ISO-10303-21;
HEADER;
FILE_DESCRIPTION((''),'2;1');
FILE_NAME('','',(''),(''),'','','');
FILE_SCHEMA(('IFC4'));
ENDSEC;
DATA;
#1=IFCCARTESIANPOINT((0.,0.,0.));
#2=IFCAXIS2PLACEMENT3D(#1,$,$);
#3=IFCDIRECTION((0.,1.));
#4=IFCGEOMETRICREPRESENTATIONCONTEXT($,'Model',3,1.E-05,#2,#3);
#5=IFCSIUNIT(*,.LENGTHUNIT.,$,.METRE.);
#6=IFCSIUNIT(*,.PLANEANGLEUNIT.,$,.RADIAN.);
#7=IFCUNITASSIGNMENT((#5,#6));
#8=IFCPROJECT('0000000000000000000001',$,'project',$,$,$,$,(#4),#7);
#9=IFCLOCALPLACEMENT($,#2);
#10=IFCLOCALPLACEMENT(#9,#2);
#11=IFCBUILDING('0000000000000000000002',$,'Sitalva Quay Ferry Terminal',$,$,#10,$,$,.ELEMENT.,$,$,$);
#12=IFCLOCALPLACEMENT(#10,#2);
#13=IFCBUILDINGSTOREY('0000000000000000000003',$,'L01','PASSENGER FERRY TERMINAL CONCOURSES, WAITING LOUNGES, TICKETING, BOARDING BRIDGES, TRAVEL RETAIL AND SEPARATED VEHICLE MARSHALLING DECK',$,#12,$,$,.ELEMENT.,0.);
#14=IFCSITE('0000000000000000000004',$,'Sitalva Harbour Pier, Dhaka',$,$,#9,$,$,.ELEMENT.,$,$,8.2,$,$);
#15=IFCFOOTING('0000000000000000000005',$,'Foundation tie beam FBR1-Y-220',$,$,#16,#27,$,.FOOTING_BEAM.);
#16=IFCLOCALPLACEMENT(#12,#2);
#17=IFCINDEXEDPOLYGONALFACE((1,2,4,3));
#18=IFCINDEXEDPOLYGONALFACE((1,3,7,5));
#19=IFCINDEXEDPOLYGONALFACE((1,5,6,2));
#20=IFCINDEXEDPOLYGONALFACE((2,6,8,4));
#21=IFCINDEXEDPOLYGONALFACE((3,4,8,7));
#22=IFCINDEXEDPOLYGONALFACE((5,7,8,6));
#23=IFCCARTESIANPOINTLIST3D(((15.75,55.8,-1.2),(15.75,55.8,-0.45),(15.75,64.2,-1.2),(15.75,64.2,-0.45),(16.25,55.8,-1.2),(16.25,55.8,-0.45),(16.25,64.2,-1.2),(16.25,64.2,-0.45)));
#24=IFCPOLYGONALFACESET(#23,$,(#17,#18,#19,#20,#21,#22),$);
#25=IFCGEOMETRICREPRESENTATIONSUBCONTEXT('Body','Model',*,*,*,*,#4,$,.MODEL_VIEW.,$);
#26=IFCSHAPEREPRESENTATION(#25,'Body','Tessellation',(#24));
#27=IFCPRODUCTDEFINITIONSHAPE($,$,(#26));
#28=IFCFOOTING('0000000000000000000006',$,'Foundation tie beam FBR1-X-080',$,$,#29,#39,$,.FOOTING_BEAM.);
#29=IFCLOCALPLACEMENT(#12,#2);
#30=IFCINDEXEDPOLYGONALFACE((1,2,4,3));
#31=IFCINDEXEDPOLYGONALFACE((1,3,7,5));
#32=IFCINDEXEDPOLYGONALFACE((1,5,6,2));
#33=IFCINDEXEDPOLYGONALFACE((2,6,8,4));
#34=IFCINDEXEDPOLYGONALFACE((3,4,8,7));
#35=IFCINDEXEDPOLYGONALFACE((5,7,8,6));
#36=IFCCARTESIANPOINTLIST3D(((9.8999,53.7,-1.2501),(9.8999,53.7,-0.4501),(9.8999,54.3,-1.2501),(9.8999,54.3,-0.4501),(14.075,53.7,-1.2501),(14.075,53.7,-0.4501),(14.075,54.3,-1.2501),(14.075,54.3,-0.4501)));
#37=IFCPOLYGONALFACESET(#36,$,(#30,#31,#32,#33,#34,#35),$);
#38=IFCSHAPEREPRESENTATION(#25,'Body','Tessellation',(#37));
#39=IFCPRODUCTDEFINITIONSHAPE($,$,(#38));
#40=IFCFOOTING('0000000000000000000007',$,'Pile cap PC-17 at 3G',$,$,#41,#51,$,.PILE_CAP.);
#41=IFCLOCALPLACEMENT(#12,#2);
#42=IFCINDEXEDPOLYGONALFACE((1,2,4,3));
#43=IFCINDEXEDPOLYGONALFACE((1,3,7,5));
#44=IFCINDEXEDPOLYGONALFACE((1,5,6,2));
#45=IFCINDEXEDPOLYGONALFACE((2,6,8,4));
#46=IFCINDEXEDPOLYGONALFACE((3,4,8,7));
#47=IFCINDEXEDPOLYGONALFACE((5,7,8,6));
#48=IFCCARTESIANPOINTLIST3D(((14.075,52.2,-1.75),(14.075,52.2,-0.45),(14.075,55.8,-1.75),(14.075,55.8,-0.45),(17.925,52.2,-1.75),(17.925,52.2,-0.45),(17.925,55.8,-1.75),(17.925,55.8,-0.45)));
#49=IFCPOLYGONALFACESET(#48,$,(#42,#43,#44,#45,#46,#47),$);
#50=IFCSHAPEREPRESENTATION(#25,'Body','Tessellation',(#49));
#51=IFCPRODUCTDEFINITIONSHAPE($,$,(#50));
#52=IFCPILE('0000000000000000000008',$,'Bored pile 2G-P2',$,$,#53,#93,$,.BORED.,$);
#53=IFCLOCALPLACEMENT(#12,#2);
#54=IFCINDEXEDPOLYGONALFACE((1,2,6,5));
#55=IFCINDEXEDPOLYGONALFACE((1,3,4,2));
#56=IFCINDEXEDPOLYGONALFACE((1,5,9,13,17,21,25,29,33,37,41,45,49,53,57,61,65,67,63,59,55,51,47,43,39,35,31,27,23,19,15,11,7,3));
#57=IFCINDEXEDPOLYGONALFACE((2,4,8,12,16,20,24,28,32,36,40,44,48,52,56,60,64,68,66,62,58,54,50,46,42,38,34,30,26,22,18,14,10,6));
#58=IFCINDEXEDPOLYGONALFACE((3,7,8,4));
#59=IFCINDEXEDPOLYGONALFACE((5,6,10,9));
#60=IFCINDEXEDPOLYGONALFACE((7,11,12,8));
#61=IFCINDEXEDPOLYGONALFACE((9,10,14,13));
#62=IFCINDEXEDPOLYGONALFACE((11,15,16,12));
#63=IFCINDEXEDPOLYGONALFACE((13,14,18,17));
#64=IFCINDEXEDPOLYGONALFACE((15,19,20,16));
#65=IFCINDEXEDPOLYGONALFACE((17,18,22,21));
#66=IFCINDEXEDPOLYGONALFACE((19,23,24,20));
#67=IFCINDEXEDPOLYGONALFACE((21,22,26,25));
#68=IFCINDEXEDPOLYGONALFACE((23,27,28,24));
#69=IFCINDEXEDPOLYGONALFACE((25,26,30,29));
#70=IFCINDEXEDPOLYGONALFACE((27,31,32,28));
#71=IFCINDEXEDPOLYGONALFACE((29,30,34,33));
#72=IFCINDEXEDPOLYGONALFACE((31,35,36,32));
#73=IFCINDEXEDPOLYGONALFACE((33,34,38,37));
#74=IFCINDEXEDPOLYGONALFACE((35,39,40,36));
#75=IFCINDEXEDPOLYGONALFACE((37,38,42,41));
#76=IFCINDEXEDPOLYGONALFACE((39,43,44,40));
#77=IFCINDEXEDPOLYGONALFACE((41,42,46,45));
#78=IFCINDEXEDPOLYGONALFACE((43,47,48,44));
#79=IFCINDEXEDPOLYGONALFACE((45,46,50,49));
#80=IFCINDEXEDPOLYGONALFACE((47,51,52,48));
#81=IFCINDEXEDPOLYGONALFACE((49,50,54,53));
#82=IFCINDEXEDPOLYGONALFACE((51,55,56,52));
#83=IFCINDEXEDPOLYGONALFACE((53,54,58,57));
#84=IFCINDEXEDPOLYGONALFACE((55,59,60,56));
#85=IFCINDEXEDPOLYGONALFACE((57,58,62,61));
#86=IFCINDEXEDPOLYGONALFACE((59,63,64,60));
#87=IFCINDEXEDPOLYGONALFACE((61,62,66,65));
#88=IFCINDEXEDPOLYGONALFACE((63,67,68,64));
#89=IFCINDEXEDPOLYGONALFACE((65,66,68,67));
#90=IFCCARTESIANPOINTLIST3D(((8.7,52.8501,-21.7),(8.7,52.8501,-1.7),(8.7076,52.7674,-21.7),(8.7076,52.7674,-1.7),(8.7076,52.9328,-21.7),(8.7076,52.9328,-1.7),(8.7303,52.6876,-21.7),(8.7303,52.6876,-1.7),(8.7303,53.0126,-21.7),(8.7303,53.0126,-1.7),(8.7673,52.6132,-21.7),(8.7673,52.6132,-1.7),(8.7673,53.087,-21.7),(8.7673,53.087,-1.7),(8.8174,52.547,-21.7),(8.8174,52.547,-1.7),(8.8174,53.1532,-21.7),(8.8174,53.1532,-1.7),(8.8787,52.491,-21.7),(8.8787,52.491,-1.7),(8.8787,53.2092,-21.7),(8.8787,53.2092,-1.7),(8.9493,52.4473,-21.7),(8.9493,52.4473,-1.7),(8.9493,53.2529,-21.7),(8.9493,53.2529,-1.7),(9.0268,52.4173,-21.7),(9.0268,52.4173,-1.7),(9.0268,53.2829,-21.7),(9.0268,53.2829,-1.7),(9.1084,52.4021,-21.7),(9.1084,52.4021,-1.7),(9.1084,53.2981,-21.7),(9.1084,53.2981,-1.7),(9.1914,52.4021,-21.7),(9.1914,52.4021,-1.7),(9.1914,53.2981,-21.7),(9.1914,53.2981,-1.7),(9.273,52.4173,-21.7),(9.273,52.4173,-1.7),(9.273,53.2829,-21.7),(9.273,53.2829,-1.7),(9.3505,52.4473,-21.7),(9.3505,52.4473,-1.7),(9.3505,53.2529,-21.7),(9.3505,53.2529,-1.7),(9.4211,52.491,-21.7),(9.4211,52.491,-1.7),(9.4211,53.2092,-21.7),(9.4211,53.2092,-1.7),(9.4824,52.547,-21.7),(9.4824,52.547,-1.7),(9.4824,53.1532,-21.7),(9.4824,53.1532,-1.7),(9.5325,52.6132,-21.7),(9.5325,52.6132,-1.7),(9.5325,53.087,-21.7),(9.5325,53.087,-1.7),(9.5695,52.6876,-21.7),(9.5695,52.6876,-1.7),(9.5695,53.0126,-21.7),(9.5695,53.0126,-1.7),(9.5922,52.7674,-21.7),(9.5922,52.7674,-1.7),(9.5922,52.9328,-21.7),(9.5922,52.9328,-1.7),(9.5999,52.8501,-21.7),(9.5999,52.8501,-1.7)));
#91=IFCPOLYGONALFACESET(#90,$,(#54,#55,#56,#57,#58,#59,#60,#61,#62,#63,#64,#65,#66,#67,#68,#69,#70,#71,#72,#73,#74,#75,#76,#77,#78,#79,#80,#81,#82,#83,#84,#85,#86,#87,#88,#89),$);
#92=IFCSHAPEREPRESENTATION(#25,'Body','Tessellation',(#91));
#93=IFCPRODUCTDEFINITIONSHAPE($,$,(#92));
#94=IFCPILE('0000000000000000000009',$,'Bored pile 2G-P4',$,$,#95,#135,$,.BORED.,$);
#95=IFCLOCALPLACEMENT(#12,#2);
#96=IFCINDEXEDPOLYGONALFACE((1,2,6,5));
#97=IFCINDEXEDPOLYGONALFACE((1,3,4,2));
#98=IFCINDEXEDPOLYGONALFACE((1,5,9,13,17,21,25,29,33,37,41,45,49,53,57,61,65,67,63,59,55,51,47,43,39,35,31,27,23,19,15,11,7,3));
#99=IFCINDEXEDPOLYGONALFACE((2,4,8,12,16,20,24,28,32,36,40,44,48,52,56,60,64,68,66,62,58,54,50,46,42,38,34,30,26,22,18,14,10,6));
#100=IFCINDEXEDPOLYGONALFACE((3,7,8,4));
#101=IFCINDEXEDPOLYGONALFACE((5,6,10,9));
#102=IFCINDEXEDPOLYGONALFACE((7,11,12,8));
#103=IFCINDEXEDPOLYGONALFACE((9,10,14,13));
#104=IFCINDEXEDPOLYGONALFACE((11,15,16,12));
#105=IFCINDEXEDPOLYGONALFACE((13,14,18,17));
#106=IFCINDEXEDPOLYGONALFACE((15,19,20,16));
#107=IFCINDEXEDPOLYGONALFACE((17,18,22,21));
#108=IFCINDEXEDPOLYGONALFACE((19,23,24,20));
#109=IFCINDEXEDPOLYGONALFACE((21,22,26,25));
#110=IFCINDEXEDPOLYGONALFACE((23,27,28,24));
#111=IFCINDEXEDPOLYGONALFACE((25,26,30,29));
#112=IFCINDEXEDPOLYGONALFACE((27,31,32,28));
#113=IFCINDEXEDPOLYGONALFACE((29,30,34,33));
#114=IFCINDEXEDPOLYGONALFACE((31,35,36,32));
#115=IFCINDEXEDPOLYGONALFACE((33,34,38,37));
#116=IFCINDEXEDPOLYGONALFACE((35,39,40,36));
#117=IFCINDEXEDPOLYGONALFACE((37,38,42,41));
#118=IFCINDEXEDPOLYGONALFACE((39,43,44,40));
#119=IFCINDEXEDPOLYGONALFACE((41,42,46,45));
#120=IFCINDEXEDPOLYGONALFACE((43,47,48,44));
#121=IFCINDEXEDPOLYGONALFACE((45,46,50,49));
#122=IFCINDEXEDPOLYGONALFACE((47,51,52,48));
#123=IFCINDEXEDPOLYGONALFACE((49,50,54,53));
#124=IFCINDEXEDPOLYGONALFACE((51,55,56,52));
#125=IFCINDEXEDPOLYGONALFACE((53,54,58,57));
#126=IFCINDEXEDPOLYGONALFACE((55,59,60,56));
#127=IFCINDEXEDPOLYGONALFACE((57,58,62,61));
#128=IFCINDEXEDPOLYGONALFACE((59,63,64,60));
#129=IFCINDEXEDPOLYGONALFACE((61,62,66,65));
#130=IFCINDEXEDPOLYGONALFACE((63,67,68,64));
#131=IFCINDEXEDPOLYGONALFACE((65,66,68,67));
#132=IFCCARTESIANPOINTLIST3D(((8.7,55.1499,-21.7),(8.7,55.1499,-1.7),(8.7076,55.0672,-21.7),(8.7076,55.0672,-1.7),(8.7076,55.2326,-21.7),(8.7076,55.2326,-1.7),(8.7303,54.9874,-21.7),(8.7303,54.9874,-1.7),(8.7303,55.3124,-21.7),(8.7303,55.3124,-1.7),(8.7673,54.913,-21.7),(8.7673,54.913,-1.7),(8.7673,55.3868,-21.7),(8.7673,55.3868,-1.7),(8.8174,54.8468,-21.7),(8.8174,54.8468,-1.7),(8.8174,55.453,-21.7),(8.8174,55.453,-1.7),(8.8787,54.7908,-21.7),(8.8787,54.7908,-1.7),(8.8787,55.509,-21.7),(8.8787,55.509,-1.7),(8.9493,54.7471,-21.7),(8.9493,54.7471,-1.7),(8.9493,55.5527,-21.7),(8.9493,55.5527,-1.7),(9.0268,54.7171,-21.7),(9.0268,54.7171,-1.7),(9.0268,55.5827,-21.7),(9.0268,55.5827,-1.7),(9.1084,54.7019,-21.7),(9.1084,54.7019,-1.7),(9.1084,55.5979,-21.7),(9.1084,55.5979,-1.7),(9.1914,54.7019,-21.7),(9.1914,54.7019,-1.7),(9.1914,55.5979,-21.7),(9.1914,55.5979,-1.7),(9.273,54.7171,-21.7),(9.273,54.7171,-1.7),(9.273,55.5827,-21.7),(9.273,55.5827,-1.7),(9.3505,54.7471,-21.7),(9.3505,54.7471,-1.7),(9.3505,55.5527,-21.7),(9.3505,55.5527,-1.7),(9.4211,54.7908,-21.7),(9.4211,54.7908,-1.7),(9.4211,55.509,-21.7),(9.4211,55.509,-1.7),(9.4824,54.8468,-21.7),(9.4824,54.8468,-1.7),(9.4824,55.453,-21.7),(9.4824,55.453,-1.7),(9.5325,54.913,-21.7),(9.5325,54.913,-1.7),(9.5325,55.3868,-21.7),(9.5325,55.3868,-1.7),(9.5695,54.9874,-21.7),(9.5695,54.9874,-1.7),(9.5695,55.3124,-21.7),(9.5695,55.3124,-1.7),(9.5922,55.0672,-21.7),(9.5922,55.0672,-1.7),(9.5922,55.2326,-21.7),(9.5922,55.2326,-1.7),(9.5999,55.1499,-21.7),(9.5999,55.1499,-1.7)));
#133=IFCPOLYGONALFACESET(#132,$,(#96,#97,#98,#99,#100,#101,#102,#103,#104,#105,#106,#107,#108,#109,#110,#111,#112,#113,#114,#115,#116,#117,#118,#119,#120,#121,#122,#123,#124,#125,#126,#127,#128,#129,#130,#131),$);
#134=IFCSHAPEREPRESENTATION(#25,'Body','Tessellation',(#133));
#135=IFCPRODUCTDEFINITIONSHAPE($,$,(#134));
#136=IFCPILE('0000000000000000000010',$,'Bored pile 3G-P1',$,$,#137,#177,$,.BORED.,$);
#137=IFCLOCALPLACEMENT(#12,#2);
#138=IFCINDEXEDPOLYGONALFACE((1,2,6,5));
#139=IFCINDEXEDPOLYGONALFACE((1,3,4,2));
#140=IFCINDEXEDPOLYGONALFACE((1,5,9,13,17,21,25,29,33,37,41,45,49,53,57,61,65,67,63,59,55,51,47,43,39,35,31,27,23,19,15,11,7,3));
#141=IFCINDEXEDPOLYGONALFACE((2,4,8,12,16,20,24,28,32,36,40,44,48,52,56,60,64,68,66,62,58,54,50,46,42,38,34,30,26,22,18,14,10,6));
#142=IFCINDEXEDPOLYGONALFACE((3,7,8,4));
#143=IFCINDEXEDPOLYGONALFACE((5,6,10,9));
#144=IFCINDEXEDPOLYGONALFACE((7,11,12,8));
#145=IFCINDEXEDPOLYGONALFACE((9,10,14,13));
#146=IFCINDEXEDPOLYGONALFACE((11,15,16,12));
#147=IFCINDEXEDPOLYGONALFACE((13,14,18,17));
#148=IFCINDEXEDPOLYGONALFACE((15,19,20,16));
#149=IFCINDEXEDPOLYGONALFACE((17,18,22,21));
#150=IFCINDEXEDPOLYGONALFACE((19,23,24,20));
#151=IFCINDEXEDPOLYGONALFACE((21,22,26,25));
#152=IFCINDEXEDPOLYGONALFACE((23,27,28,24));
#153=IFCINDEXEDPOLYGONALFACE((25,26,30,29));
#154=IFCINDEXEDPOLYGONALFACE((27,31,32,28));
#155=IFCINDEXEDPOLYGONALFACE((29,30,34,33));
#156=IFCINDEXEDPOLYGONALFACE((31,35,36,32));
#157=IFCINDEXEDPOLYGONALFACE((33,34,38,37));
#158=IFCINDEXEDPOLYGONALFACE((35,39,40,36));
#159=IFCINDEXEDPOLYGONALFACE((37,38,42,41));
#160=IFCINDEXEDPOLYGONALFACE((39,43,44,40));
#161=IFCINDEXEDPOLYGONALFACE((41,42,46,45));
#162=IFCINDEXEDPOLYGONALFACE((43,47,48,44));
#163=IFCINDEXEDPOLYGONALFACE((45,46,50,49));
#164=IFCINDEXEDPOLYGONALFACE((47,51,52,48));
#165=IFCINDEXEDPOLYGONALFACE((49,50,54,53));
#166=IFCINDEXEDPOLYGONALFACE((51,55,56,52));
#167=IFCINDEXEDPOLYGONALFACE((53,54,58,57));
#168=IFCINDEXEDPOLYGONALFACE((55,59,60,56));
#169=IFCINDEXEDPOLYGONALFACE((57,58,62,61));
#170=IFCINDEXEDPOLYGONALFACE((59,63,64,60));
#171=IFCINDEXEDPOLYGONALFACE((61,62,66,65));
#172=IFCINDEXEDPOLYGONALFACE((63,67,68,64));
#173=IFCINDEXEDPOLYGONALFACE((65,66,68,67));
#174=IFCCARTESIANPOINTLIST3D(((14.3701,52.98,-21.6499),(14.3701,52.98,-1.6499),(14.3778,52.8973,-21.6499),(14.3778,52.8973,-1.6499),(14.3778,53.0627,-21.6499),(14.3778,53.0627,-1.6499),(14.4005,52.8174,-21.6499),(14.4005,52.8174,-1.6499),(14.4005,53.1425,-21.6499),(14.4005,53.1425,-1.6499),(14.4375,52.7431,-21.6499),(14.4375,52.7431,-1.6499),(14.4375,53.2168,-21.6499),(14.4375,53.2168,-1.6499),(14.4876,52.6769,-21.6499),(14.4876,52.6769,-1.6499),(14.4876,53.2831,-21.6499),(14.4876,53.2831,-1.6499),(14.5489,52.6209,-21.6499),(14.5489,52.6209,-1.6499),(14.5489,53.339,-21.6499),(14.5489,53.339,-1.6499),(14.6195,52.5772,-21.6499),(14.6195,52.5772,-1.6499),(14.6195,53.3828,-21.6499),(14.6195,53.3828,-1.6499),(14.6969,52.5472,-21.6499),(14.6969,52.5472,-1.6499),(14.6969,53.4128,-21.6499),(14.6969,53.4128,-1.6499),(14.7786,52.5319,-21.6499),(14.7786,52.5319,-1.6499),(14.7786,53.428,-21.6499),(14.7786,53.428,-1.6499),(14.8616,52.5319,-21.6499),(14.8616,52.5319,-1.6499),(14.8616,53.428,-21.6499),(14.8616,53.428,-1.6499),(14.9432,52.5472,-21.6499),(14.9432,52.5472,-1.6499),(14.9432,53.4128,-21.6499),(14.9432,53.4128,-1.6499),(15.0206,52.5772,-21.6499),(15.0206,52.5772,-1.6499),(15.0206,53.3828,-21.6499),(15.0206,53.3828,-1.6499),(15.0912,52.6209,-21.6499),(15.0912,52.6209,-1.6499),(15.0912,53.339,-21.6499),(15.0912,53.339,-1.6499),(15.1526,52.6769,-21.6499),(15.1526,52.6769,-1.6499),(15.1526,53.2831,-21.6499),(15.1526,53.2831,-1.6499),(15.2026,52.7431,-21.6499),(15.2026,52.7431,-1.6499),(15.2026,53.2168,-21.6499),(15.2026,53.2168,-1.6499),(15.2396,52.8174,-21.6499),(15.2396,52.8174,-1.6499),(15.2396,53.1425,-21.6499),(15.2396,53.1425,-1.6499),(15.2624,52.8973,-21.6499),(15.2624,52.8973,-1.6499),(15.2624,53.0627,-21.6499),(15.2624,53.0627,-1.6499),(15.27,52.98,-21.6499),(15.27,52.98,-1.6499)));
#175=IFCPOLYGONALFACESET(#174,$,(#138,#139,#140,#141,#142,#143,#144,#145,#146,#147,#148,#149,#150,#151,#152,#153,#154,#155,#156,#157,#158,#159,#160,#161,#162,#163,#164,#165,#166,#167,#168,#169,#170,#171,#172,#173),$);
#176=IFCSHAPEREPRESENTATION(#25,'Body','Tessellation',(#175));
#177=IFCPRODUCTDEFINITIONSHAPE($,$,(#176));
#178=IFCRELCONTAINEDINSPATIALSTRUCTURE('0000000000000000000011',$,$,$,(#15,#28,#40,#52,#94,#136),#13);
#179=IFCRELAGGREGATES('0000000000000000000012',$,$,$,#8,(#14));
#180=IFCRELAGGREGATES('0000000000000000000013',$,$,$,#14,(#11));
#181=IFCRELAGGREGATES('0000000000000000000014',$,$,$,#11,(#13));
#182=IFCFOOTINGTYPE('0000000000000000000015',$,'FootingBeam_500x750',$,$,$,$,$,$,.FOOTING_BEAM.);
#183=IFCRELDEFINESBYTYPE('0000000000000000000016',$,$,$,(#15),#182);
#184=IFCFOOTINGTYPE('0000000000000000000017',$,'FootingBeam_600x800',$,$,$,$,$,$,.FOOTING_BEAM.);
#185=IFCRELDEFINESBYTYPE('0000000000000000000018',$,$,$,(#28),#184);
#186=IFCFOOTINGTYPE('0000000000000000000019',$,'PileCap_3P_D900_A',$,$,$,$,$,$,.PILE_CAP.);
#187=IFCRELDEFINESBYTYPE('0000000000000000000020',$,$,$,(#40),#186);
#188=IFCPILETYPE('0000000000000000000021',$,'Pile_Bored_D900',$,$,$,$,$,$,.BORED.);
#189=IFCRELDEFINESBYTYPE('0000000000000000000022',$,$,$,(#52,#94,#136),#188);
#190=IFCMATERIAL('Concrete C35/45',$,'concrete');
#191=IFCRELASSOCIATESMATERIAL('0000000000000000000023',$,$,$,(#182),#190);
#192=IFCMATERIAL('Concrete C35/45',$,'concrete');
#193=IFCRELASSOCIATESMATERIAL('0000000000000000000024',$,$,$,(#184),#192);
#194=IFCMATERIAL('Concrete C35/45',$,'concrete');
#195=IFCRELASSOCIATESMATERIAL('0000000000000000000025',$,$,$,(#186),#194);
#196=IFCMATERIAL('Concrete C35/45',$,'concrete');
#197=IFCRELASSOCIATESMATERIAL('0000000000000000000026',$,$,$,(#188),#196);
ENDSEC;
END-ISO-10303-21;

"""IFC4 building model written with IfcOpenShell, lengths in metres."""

from ifc_helpers import new_model, si_unit, direction, frame, origin, origin_2d, place, context, subcontext, project, spatial, rectangle, circle, extrude, material, material_profile, profile_set, type_object, element, save


model = new_model("IFC4")

# Units and contexts
model_context = context("Model", 3, precision=1e-05, world=origin(), true_north=direction((0.0, 1.0)))
body_context = subcontext(model_context, "Body", "Model", "MODEL_VIEW")
ifc_project = project(units=[si_unit("LENGTHUNIT", "METRE"), si_unit("PLANEANGLEUNIT", "RADIAN")], contexts=[model_context])

# Site, building, storey
site_placement = place(None, origin())
site = spatial("IfcSite", under=ifc_project, at=site_placement, Name="Sitalva Harbour Pier, Dhaka", CompositionType="ELEMENT", RefElevation=8.2)
building_placement = place(site_placement, origin())
building = spatial("IfcBuilding", under=site, at=building_placement, Name="Sitalva Quay Ferry Terminal", CompositionType="ELEMENT")
storey_placement = place(building_placement, origin())
storey = spatial("IfcBuildingStorey", under=building, at=storey_placement, Name="L01", Description="PASSENGER FERRY TERMINAL CONCOURSES, WAITING LOUNGES, TICKETING, BOARDING BRIDGES, TRAVEL RETAIL AND SEPARATED VEHICLE MARSHALLING DECK", CompositionType="ELEMENT", Elevation=0.0)

# Footings
ifc_material_1 = material(Name="Concrete C35/45", Category="concrete")
ifc_material_profile_1 = material_profile(ifc_material_1, rectangle(XDim=0.5, YDim=0.75, at=origin_2d()), Name="RC500x750")
ifc_profile_set_1 = profile_set([ifc_material_profile_1], Name="Concrete C35/45")
footing_type_1 = type_object("IfcFootingType", Name="FootingBeam_500x750", PredefinedType="FOOTING_BEAM", material=ifc_profile_set_1)
footing_1_placement = place(storey_placement, frame((16.0, 55.8, -0.825), z_axis=(0.0, 1.0, 0.0), x_axis=(-1.0, 0.0, 0.0)))
element("IfcFooting", 1, at=footing_1_placement, inside=storey, type_object=footing_type_1, Name="Foundation tie beam FBR1-Y-220", PredefinedType="FOOTING_BEAM", context=body_context, shape_type="SweptSolid", body=[
    extrude(rectangle(XDim=0.5, YDim=0.75, at=origin_2d()), origin(), (0.0, 0.0, 1.0), 8.3999),
])
ifc_material_2 = material(Name="Concrete C35/45", Category="concrete")
ifc_material_profile_2 = material_profile(ifc_material_2, rectangle(XDim=0.6001, YDim=0.8, at=origin_2d()), Name="RC600x800")
ifc_profile_set_2 = profile_set([ifc_material_profile_2], Name="Concrete C35/45")
footing_type_2 = type_object("IfcFootingType", Name="FootingBeam_600x800", PredefinedType="FOOTING_BEAM", material=ifc_profile_set_2)
footing_2_placement = place(storey_placement, frame((9.8999, 54.0, -0.8501), z_axis=(1.0, 0.0, 0.0), x_axis=(0.0, 1.0, 0.0)))
element("IfcFooting", 2, at=footing_2_placement, inside=storey, type_object=footing_type_2, Name="Foundation tie beam FBR1-X-080", PredefinedType="FOOTING_BEAM", context=body_context, shape_type="SweptSolid", body=[
    extrude(rectangle(XDim=0.6001, YDim=0.8, at=origin_2d()), origin(), (0.0, 0.0, 1.0), 4.175),
])
ifc_material_3 = material(Name="Concrete C35/45", Category="concrete")
footing_type_3 = type_object("IfcFootingType", Name="PileCap_3P_D900_A", PredefinedType="PILE_CAP", material=ifc_material_3)
footing_3_placement = place(storey_placement, frame((16.0, 54.0, -1.75), z_axis=(0.0, 0.0, 1.0), x_axis=(1.0, 0.0, 0.0)))
element("IfcFooting", 3, at=footing_3_placement, inside=storey, type_object=footing_type_3, Name="Pile cap PC-17 at 3G", PredefinedType="PILE_CAP", context=body_context, shape_type="SweptSolid", body=[
    extrude(rectangle(XDim=3.8501, YDim=3.6001, at=origin_2d()), origin(), (0.0, 0.0, 1.0), 1.3),
])

# Piles
ifc_material_4 = material(Name="Concrete C35/45", Category="concrete")
ifc_material_profile_3 = material_profile(ifc_material_4, circle(Radius=0.45, at=origin_2d()), Name="PILE-D900")
ifc_profile_set_3 = profile_set([ifc_material_profile_3], Name="Concrete C35/45")
pile_type = type_object("IfcPileType", Name="Pile_Bored_D900", PredefinedType="BORED", material=ifc_profile_set_3)
for number, where, z_axis, x_axis, name in (
    (4, (9.1499, 52.8501, -1.7), (0.0, 0.0, -1.0), (1.0, 0.0, 0.0), "Bored pile 2G-P2"),
    (5, (9.1499, 55.1499, -1.7), (0.0, 0.0, -1.0), (1.0, 0.0, 0.0), "Bored pile 2G-P4"),
    (6, (14.8201, 52.98, -1.6499), (0.0, 0.0, -1.0), (1.0, 0.0, 0.0), "Bored pile 3G-P1"),
):
    element("IfcPile", number, at=place(storey_placement, frame(where, z_axis=z_axis, x_axis=x_axis)), inside=storey, type_object=pile_type, Name=name, PredefinedType="BORED", context=body_context, shape_type="SweptSolid", body=[
        extrude(circle(Radius=0.45, at=origin_2d()), origin(), (0.0, 0.0, 1.0), 20.0),
    ])

save(model, "model.ifc")
